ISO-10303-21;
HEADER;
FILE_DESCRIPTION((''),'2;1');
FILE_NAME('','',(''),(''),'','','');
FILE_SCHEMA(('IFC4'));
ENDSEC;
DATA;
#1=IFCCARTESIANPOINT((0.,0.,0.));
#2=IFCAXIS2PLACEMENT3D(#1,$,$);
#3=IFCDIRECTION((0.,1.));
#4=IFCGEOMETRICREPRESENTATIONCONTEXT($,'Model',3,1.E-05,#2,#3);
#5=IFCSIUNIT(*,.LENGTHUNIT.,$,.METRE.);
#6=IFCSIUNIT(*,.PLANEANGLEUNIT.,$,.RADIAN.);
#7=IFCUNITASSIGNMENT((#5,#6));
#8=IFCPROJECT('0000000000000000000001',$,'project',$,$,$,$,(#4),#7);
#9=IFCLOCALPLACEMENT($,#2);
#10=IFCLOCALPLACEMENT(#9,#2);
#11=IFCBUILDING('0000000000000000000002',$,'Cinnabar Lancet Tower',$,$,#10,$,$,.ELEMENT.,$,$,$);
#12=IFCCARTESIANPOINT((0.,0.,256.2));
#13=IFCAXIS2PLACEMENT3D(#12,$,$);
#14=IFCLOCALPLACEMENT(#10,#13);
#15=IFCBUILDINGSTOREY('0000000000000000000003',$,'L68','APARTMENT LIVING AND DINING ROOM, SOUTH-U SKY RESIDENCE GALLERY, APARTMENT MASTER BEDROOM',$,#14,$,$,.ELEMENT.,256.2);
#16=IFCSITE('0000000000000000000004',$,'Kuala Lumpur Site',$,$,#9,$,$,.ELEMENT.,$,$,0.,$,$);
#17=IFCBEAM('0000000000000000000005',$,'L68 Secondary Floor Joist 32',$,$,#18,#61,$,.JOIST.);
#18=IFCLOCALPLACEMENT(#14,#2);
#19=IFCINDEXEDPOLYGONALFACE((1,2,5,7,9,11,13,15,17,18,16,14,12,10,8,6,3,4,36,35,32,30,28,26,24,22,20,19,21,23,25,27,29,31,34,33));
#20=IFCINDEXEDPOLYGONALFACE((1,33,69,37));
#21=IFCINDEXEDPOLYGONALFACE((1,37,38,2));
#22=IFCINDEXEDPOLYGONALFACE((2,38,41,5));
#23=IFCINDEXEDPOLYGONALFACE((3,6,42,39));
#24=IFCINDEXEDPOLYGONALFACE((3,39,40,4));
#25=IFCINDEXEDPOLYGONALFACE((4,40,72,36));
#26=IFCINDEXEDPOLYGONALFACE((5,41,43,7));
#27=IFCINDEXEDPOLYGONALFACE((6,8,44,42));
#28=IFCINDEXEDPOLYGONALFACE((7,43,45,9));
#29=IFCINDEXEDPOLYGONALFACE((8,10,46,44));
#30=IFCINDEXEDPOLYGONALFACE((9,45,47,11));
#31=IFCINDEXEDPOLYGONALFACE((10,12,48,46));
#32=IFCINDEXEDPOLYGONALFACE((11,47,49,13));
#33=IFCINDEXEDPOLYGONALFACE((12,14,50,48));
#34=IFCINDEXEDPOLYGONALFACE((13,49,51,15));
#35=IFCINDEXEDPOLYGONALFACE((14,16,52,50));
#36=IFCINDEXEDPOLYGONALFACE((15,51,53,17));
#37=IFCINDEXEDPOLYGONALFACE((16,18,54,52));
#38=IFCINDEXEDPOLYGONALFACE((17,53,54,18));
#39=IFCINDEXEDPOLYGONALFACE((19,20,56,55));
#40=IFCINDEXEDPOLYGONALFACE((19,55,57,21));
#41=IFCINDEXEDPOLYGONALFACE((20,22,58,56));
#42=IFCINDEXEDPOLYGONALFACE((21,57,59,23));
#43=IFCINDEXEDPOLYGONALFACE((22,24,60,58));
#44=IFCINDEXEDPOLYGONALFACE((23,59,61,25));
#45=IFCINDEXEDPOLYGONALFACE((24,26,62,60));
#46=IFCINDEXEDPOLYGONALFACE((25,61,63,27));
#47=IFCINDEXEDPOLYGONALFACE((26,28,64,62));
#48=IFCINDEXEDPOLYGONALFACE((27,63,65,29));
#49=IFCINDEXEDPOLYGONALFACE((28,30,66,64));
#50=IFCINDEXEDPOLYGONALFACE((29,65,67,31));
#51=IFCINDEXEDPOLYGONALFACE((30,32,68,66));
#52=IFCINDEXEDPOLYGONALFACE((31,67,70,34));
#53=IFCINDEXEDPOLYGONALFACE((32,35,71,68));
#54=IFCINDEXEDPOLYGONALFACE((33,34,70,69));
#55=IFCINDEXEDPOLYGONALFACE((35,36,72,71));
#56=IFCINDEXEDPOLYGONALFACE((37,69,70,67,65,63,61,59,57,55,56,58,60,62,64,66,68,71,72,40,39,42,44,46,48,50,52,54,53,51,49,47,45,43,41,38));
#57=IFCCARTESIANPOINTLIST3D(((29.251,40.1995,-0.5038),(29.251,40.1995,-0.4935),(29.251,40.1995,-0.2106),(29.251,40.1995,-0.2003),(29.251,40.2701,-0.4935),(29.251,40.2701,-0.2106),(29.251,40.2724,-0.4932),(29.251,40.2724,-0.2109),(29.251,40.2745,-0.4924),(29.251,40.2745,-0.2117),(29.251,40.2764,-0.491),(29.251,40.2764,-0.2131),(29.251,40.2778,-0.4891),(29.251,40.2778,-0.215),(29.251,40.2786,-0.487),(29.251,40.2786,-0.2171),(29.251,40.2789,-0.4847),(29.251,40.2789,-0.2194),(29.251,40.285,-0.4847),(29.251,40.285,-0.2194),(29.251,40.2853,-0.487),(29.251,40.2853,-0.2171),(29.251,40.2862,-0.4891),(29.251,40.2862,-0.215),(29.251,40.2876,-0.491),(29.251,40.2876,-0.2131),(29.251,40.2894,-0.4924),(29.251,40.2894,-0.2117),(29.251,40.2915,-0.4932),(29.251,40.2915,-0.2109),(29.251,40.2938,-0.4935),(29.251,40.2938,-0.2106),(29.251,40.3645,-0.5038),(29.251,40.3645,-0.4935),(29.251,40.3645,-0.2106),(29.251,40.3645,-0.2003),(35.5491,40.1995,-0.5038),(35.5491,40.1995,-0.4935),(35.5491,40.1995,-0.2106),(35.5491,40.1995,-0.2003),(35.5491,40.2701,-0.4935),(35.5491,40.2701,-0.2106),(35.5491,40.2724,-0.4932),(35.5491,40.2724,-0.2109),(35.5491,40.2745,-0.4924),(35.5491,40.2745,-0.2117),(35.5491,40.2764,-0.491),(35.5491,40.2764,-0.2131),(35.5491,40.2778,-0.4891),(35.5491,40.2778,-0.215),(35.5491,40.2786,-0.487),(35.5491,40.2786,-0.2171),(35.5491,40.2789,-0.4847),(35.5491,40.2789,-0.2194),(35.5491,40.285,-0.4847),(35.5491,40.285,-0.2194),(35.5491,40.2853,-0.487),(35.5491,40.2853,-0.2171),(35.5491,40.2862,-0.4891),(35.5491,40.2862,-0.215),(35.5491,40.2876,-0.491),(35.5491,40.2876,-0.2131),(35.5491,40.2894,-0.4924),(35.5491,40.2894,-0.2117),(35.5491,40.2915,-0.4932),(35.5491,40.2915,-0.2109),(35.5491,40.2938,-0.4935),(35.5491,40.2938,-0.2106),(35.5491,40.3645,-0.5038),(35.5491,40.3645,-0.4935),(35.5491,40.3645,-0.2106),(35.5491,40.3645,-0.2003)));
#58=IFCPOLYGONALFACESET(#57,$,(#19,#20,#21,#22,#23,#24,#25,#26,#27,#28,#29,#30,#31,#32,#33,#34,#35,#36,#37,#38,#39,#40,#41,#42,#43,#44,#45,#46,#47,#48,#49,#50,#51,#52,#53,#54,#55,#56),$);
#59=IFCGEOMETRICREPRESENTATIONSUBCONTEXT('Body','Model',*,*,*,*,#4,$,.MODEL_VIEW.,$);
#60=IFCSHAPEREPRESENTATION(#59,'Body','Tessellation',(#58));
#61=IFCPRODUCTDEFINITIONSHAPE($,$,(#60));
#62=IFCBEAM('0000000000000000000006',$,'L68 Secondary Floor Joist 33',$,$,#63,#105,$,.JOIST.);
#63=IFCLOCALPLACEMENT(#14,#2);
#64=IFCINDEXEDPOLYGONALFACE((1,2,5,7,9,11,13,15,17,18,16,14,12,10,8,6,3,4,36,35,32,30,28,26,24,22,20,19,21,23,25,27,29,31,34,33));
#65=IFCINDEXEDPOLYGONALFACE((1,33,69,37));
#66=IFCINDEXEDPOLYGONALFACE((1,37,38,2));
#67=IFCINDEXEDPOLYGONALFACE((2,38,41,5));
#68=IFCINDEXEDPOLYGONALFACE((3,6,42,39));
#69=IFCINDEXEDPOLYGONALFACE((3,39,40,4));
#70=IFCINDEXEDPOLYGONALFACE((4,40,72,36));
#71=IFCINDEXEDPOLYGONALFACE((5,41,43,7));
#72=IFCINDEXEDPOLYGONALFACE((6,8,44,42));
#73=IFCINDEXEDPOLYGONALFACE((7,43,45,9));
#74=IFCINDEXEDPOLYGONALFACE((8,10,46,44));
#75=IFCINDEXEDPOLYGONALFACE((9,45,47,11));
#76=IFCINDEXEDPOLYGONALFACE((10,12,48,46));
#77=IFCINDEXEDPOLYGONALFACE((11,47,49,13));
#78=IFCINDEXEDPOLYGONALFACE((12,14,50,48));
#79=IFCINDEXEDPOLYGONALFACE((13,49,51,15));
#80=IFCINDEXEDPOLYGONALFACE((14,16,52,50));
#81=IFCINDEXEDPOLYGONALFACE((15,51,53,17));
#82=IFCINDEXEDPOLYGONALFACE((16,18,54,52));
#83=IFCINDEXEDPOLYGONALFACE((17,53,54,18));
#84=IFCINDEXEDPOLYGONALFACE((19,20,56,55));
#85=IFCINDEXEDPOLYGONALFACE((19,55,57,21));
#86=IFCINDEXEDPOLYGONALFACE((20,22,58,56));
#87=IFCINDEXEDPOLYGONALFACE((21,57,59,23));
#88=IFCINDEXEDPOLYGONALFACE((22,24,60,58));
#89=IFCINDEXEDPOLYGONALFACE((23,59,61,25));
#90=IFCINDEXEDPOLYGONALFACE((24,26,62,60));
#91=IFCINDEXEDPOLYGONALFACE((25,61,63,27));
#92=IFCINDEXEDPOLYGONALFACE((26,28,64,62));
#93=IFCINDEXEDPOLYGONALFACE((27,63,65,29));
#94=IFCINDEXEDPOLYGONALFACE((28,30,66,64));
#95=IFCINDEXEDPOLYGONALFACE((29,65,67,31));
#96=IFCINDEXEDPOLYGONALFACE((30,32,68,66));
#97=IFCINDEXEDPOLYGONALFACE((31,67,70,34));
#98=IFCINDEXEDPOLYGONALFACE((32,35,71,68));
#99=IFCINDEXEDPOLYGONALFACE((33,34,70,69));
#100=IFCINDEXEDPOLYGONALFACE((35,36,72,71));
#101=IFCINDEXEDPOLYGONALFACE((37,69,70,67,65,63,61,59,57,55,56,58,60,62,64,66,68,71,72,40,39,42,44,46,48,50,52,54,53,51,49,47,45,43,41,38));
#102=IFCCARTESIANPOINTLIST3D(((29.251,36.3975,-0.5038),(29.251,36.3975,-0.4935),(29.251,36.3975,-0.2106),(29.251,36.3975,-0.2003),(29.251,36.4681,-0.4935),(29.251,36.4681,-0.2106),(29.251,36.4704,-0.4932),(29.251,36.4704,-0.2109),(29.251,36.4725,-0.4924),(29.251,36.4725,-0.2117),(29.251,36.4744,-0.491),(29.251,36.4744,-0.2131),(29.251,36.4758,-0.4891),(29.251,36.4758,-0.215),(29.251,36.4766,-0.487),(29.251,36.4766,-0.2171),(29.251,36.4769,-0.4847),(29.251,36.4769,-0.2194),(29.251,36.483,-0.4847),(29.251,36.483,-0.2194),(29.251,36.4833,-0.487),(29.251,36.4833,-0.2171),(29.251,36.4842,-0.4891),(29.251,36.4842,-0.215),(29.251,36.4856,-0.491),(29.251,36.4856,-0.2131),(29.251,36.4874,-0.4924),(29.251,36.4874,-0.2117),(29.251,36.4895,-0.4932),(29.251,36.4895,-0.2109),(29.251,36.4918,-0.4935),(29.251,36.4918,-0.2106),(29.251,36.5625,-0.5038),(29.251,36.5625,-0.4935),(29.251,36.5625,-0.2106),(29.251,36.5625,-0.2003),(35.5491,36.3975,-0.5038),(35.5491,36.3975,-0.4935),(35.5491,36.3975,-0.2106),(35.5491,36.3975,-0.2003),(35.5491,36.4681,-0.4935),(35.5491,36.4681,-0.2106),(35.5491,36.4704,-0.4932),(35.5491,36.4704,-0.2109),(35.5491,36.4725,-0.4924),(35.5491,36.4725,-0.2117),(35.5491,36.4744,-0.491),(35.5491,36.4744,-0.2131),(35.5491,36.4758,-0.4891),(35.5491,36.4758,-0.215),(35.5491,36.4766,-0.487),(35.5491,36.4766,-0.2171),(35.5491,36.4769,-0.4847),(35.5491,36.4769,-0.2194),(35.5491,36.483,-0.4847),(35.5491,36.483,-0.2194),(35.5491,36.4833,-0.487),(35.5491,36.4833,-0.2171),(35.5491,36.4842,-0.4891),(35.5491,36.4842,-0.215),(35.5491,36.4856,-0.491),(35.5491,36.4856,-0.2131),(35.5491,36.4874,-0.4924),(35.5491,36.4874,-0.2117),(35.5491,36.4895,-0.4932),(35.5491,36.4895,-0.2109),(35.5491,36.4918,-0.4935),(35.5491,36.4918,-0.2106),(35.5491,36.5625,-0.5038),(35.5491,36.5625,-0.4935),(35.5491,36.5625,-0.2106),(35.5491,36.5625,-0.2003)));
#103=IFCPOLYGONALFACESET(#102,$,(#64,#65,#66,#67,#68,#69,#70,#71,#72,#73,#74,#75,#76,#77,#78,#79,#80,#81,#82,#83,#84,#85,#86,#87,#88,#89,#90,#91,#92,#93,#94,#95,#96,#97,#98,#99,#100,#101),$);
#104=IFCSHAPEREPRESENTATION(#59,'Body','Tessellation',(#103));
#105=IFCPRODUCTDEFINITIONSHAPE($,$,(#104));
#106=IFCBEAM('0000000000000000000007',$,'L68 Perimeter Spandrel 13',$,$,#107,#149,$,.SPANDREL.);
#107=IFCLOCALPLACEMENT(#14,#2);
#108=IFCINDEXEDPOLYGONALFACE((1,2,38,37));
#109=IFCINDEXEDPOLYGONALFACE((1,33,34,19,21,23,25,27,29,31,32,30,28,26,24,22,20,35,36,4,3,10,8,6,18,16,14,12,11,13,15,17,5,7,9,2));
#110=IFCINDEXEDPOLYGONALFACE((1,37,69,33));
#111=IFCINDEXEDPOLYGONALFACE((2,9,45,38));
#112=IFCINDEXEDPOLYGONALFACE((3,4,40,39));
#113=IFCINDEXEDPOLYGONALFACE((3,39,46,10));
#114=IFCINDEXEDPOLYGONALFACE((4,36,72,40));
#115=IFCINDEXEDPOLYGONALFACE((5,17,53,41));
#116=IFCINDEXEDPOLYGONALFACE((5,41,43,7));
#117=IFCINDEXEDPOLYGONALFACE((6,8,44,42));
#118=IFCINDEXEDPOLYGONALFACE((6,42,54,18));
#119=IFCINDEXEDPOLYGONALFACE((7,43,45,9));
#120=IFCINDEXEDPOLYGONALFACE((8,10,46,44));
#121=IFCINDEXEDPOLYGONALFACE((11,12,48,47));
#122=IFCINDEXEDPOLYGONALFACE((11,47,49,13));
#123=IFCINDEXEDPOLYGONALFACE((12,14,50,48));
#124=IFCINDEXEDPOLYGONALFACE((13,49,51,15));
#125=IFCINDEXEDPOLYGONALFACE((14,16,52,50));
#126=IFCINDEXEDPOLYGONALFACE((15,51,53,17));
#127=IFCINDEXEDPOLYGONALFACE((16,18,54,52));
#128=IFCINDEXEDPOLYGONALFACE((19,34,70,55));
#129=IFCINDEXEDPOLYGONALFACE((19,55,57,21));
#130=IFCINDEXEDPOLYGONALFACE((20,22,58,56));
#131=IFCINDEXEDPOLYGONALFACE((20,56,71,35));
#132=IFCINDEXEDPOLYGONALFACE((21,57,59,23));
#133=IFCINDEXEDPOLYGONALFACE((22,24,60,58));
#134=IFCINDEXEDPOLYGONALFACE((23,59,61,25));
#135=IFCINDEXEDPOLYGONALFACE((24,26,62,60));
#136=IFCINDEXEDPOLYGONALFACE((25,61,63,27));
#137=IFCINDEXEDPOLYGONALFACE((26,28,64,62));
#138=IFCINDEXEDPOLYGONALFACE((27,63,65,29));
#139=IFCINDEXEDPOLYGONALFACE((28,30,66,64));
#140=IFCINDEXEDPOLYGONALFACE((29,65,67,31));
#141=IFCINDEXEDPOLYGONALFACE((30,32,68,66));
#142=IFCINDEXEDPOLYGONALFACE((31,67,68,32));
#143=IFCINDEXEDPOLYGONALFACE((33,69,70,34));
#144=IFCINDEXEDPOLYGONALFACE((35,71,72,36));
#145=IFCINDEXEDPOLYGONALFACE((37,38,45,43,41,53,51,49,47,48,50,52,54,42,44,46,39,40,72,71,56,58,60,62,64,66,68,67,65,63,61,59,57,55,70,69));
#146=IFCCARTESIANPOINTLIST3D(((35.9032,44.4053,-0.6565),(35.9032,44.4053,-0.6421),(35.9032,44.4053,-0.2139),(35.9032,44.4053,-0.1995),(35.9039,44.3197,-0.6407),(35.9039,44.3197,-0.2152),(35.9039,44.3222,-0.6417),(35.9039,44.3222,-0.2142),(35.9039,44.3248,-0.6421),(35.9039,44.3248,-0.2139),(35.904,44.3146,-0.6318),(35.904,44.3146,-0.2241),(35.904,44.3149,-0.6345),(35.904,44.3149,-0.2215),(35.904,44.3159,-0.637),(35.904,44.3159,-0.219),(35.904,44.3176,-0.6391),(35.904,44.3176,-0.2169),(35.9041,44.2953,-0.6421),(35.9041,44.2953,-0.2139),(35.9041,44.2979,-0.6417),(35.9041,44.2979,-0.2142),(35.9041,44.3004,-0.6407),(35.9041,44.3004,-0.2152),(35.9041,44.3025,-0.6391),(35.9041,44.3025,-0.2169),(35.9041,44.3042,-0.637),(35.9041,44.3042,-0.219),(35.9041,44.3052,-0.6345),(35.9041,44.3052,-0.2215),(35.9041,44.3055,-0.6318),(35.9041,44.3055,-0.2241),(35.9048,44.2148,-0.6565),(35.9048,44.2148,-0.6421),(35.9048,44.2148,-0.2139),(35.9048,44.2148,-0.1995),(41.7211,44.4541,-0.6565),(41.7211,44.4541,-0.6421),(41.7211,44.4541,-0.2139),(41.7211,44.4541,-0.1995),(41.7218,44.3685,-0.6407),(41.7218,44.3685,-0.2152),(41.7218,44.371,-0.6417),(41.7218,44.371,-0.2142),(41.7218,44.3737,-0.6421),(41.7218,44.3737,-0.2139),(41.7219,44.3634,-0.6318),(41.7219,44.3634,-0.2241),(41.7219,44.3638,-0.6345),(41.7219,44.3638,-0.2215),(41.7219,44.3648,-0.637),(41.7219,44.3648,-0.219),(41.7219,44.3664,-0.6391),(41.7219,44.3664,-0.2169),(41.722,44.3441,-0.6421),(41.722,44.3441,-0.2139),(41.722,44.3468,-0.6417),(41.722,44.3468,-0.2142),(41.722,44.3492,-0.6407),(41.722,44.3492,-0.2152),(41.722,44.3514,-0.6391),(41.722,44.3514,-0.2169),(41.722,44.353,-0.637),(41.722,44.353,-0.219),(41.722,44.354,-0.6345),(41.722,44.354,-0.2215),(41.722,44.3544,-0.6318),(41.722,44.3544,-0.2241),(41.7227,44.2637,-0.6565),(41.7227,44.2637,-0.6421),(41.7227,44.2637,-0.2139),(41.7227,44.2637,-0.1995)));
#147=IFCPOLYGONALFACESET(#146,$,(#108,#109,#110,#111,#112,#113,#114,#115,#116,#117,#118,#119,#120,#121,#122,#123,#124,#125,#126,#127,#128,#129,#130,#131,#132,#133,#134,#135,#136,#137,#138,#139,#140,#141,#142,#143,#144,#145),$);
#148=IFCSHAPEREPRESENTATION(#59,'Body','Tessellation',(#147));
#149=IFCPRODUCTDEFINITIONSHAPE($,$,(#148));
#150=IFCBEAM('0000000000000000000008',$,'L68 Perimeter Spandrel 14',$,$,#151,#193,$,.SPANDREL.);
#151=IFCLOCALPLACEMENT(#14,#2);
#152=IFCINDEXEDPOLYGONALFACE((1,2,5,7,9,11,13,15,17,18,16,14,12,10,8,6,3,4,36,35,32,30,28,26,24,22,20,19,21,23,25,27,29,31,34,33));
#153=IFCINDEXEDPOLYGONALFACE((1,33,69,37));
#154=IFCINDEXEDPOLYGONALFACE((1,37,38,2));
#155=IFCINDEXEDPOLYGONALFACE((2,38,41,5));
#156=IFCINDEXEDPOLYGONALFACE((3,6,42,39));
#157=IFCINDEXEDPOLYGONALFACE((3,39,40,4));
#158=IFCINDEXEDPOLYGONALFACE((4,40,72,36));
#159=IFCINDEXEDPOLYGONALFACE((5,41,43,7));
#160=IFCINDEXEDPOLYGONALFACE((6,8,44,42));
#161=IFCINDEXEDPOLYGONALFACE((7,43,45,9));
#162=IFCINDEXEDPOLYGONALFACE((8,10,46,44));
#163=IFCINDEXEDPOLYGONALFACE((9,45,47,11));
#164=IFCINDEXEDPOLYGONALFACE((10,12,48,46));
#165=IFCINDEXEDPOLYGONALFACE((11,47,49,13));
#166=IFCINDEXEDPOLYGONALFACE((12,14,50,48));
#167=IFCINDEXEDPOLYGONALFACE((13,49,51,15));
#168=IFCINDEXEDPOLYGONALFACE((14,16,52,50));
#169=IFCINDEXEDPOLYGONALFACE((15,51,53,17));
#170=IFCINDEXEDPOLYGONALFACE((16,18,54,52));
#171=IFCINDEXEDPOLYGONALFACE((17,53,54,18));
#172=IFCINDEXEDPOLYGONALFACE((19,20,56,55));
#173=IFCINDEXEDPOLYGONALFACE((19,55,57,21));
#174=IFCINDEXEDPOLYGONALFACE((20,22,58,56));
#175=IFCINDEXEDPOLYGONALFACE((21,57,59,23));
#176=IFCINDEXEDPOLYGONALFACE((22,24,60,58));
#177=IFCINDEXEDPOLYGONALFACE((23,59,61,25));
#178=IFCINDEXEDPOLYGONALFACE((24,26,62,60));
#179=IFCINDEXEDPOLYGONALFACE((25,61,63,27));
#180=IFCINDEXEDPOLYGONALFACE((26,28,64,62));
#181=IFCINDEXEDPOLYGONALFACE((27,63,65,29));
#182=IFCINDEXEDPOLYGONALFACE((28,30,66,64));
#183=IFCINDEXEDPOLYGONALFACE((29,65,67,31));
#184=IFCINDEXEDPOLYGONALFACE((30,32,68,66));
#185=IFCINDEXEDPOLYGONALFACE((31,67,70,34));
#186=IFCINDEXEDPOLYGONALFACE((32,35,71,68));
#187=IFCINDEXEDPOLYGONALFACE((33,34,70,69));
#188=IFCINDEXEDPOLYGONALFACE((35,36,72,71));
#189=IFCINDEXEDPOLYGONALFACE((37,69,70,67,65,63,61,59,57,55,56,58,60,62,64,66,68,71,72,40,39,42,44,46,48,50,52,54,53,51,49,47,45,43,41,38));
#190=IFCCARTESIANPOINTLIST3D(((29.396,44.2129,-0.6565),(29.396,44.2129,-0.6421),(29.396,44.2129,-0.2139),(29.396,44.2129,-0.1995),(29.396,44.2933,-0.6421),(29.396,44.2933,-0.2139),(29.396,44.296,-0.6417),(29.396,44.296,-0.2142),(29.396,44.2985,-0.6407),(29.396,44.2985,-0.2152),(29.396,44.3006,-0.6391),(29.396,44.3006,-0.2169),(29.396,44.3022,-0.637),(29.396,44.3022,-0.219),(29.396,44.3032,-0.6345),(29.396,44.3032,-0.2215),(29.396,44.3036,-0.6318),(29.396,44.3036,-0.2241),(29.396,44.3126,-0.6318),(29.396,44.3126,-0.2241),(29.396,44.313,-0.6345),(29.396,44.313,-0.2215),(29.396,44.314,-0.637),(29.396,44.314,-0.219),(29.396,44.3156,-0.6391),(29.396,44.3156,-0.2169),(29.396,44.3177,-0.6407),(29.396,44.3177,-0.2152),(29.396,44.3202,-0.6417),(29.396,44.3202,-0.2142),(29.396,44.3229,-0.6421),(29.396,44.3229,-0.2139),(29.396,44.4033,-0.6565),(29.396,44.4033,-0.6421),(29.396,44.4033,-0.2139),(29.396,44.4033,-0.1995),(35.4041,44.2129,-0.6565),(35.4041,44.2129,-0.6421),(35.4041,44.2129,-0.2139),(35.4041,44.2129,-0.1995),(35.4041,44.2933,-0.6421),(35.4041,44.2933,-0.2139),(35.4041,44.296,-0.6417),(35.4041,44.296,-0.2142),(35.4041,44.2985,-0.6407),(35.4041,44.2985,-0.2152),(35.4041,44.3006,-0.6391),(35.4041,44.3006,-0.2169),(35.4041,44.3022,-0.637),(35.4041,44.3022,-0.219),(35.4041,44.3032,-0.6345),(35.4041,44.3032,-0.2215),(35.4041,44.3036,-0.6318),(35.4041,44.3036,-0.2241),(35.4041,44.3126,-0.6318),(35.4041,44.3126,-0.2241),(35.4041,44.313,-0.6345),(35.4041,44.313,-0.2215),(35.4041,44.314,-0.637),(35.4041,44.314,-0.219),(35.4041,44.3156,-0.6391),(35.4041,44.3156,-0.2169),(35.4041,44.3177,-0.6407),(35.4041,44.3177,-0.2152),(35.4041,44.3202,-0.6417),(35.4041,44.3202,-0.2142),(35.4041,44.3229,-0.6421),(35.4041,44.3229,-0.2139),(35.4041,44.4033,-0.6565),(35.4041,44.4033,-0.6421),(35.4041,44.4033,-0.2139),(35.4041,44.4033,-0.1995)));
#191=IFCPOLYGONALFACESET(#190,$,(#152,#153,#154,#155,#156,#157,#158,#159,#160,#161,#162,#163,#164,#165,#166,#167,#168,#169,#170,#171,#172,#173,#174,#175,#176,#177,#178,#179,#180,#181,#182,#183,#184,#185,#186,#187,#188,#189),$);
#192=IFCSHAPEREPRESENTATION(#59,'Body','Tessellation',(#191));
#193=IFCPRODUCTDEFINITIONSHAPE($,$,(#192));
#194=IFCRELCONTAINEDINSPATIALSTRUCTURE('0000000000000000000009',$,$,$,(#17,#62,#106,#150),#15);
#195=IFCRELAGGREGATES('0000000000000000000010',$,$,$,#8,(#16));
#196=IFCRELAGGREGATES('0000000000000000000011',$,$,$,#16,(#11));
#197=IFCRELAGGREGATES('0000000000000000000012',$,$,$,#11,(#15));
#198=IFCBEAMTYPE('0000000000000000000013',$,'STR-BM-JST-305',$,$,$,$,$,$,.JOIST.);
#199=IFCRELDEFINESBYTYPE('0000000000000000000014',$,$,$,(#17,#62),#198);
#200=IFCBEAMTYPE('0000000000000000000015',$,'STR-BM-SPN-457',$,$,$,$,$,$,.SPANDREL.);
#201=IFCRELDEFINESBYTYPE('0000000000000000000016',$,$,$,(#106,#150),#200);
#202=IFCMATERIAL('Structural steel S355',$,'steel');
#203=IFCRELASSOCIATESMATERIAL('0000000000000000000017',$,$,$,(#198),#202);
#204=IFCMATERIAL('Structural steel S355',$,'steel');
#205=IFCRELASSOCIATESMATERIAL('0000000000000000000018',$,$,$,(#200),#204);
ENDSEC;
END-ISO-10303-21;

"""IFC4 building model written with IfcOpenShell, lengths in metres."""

from ifc_helpers import new_model, si_unit, direction, frame, origin, origin_2d, place, context, subcontext, project, spatial, i_section, extrude, material, material_profile, profile_set, type_object, element, save


model = new_model("IFC4")

# Units and contexts
model_context = context("Model", 3, precision=1e-05, world=origin(), true_north=direction((0.0, 1.0)))
body_context = subcontext(model_context, "Body", "Model", "MODEL_VIEW")
ifc_project = project(units=[si_unit("LENGTHUNIT", "METRE"), si_unit("PLANEANGLEUNIT", "RADIAN")], contexts=[model_context])

# Site, building, storey
site_placement = place(None, origin())
site = spatial("IfcSite", under=ifc_project, at=site_placement, Name="Kuala Lumpur Site", CompositionType="ELEMENT", RefElevation=0.0)
building_placement = place(site_placement, origin())
building = spatial("IfcBuilding", under=site, at=building_placement, Name="Cinnabar Lancet Tower", CompositionType="ELEMENT")
storey_placement = place(building_placement, frame((0.0, 0.0, 256.2)))
storey = spatial("IfcBuildingStorey", under=building, at=storey_placement, Name="L68", Description="APARTMENT LIVING AND DINING ROOM, SOUTH-U SKY RESIDENCE GALLERY, APARTMENT MASTER BEDROOM", CompositionType="ELEMENT", Elevation=256.2)

# Beams
ifc_material_1 = material(Name="Structural steel S355", Category="steel")
ifc_material_profile_1 = material_profile(ifc_material_1, i_section(OverallWidth=0.165, OverallDepth=0.3035, WebThickness=0.0061, FlangeThickness=0.0103, FilletRadius=0.0088, at=origin_2d()), Name="UKB 305x165x40")
ifc_profile_set_1 = profile_set([ifc_material_profile_1], Name="Structural steel S355")
beam_type_1 = type_object("IfcBeamType", Name="STR-BM-JST-305", PredefinedType="JOIST", material=ifc_profile_set_1)
for number, where, z_axis, x_axis, name in (
    (1, (35.5491, 40.282, -0.3521), (-1.0, 0.0, 0.0), (0.0, -1.0, 0.0), "L68 Secondary Floor Joist 32"),
    (2, (35.5491, 36.48, -0.3521), (-1.0, 0.0, 0.0), (0.0, -1.0, 0.0), "L68 Secondary Floor Joist 33"),
):
    element("IfcBeam", number, at=place(storey_placement, frame(where, z_axis=z_axis, x_axis=x_axis)), inside=storey, type_object=beam_type_1, Name=name, PredefinedType="JOIST", context=body_context, shape_type="SweptSolid", body=[
        extrude(i_section(OverallWidth=0.165, OverallDepth=0.3035, WebThickness=0.0061, FlangeThickness=0.0103, FilletRadius=0.0088, at=origin_2d()), origin(), (0.0, 0.0, 1.0), 6.2981),
    ])
ifc_material_2 = material(Name="Structural steel S355", Category="steel")
ifc_material_profile_2 = material_profile(ifc_material_2, i_section(OverallWidth=0.1904, OverallDepth=0.457, WebThickness=0.009, FlangeThickness=0.0144, FilletRadius=0.0103, at=origin_2d()), Name="UKB 457x191x74")
ifc_profile_set_2 = profile_set([ifc_material_profile_2], Name="Structural steel S355")
beam_type_2 = type_object("IfcBeamType", Name="STR-BM-SPN-457", PredefinedType="SPANDREL", material=ifc_profile_set_2)
beam_1_placement = place(storey_placement, frame((41.7219, 44.3589, -0.428), z_axis=(-0.999965, -0.008392, 0.0), x_axis=(0.008392, -0.999965, 0.0)))
element("IfcBeam", 3, at=beam_1_placement, inside=storey, type_object=beam_type_2, Name="L68 Perimeter Spandrel 13", PredefinedType="SPANDREL", context=body_context, shape_type="SweptSolid", body=[
    extrude(i_section(OverallWidth=0.1904, OverallDepth=0.457, WebThickness=0.009, FlangeThickness=0.0144, FilletRadius=0.0103, at=origin_2d()), origin(), (0.0, 0.0, 1.0), 5.8181),
])
beam_2_placement = place(storey_placement, frame((35.4041, 44.3081, -0.428), z_axis=(-1.0, 0.0, 0.0), x_axis=(0.0, -1.0, 0.0)))
element("IfcBeam", 4, at=beam_2_placement, inside=storey, type_object=beam_type_2, Name="L68 Perimeter Spandrel 14", PredefinedType="SPANDREL", context=body_context, shape_type="SweptSolid", body=[
    extrude(i_section(OverallWidth=0.1904, OverallDepth=0.457, WebThickness=0.009, FlangeThickness=0.0144, FilletRadius=0.0103, at=origin_2d()), origin(), (0.0, 0.0, 1.0), 6.0081),
])

save(model, "model.ifc")
